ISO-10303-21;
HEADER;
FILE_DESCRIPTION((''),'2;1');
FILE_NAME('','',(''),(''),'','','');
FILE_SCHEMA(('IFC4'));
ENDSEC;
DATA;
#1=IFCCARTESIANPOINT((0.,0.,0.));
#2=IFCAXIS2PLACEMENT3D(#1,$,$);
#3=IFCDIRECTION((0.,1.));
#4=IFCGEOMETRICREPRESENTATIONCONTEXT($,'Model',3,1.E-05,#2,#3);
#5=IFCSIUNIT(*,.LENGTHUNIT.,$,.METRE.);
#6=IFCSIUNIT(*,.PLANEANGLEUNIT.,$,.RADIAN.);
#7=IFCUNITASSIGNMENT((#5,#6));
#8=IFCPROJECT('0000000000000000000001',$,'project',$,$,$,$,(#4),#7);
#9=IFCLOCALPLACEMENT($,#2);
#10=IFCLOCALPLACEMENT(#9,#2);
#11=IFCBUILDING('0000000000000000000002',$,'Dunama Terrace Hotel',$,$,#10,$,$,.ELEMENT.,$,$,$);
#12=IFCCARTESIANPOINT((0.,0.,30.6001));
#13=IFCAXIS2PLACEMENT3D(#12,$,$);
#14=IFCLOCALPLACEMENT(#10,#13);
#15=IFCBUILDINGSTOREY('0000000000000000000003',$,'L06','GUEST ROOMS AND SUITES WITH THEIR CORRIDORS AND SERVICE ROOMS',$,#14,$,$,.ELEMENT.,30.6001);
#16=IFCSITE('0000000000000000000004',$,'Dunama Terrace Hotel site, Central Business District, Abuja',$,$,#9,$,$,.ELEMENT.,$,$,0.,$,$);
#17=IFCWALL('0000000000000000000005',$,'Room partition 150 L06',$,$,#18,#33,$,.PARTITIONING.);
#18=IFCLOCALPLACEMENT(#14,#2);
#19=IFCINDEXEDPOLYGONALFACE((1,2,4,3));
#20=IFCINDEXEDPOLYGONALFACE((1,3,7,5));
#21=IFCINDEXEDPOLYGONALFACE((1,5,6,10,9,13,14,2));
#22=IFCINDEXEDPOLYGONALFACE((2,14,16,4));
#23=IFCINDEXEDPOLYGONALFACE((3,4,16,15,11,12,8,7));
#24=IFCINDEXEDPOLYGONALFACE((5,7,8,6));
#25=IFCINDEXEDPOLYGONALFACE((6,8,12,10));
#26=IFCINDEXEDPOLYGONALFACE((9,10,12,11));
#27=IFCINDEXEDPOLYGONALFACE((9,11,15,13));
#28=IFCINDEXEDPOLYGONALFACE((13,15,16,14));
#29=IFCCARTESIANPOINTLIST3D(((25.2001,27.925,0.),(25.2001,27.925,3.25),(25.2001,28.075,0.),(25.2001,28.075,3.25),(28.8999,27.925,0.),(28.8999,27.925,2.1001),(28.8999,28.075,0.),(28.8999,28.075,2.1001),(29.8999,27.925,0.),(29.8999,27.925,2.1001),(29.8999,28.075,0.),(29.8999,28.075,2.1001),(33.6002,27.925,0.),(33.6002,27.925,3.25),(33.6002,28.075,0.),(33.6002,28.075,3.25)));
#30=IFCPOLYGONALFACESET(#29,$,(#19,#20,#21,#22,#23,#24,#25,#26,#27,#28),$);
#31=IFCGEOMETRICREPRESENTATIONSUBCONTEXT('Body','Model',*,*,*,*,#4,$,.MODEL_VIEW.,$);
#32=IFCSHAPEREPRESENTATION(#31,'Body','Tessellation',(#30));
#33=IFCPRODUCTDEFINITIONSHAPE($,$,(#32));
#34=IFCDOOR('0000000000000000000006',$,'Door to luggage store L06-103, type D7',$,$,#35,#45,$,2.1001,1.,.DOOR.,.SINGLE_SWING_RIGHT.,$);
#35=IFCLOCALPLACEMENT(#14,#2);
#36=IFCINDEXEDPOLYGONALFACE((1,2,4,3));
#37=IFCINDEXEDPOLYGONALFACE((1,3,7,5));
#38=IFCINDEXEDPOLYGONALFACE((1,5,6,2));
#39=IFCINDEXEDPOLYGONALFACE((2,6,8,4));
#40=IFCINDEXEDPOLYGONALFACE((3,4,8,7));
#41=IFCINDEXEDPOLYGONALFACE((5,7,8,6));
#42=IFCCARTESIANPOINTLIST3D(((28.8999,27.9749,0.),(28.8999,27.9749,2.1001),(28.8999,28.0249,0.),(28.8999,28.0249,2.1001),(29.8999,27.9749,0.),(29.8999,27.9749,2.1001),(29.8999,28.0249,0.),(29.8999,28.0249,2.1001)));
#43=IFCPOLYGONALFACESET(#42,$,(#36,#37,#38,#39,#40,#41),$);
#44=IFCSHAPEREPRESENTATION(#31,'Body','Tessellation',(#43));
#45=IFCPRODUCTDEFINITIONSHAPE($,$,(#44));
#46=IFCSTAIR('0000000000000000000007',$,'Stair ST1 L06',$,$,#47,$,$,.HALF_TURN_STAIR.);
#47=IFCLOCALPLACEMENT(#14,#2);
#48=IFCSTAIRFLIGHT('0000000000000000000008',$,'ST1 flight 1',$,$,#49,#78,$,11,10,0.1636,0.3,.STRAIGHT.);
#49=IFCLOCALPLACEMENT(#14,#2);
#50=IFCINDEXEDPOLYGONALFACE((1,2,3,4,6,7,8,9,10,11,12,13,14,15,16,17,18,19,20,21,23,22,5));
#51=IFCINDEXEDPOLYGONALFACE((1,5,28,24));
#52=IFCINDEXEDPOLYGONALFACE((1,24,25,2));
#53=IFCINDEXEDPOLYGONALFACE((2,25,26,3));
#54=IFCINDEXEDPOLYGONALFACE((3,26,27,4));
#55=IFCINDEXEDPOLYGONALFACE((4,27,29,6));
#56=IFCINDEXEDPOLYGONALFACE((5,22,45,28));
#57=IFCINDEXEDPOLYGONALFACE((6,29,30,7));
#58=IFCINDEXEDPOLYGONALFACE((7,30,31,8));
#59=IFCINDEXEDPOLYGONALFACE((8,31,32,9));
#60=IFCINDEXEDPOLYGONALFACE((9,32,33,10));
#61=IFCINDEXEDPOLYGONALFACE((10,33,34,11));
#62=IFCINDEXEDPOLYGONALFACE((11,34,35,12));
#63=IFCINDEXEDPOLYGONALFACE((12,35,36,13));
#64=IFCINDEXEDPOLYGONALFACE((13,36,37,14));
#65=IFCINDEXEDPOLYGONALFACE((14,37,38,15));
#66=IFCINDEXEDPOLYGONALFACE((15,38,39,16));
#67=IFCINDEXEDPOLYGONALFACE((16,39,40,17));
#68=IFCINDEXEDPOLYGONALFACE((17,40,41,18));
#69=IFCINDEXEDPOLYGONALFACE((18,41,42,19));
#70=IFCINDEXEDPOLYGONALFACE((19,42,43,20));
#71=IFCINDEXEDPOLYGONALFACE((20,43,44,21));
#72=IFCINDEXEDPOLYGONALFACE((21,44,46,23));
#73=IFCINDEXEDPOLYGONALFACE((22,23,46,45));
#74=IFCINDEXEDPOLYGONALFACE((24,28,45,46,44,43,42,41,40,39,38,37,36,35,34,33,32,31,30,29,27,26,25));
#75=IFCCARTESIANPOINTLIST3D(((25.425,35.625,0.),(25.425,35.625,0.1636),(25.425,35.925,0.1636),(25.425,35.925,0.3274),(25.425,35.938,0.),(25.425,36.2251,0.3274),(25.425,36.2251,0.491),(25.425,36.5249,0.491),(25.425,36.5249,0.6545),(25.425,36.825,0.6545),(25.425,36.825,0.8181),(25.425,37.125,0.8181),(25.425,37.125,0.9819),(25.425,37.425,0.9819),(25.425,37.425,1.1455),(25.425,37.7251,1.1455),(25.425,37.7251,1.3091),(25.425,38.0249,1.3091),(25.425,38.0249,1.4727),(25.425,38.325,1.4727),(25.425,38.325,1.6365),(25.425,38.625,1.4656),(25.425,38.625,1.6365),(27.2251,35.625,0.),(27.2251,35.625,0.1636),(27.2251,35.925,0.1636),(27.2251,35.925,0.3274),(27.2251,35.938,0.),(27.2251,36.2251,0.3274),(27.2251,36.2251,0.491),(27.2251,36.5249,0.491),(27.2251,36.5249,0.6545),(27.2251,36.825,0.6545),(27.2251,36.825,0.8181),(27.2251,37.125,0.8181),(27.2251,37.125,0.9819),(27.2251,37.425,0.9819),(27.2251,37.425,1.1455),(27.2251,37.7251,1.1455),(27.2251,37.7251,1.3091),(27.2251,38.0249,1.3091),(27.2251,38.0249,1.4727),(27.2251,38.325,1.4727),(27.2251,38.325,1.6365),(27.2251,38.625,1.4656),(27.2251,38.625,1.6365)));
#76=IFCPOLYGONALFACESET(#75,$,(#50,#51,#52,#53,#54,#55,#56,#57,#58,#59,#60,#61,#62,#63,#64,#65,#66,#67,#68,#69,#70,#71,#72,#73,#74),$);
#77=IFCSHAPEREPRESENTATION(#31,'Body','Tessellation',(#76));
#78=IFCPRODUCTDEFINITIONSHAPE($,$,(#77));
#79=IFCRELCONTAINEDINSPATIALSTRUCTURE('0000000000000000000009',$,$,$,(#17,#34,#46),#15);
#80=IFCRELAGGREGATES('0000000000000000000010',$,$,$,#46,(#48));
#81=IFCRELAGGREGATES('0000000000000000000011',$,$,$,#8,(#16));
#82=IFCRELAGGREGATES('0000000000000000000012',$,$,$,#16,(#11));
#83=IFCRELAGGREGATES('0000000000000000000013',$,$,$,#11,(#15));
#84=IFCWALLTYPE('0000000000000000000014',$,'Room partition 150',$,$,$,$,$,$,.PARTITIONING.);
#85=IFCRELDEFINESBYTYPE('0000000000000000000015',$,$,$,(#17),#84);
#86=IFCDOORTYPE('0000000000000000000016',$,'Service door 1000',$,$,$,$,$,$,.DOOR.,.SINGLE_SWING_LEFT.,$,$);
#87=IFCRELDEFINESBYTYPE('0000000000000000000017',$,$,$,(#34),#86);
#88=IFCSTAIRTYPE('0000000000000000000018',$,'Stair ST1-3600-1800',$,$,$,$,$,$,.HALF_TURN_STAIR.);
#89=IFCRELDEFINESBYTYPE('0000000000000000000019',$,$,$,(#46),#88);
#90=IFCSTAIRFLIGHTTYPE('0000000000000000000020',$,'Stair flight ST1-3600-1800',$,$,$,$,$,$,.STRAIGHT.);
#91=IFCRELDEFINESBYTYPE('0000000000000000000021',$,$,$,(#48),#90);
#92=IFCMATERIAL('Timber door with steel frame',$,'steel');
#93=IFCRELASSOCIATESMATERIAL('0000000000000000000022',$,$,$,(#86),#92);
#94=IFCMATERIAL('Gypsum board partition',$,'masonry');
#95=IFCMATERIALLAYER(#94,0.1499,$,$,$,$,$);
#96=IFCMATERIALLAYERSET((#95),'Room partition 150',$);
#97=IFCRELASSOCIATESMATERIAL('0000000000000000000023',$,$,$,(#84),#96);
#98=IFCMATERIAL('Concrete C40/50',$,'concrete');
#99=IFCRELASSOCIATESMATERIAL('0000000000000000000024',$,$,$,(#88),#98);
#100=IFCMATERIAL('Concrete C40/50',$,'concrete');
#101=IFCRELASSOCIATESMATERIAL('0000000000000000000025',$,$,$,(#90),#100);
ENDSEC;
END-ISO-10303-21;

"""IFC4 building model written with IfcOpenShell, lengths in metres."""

from ifc_helpers import new_model, si_unit, direction, frame, frame_2d, origin, place, context, subcontext, project, spatial, polyline, rectangle, outline, extrude, material, layer, layer_set, type_object, element, fill, aggregate, save


model = new_model("IFC4")

# Units and contexts
model_context = context("Model", 3, precision=1e-05, world=origin(), true_north=direction((0.0, 1.0)))
body_context = subcontext(model_context, "Body", "Model", "MODEL_VIEW")
ifc_project = project(units=[si_unit("LENGTHUNIT", "METRE"), si_unit("PLANEANGLEUNIT", "RADIAN")], contexts=[model_context])

# Site, building, storey
site_placement = place(None, origin())
site = spatial("IfcSite", under=ifc_project, at=site_placement, Name="Dunama Terrace Hotel site, Central Business District, Abuja", CompositionType="ELEMENT", RefElevation=0.0)
building_placement = place(site_placement, origin())
building = spatial("IfcBuilding", under=site, at=building_placement, Name="Dunama Terrace Hotel", CompositionType="ELEMENT")
storey_placement = place(building_placement, frame((0.0, 0.0, 30.6001)))
storey = spatial("IfcBuildingStorey", under=building, at=storey_placement, Name="L06", Description="GUEST ROOMS AND SUITES WITH THEIR CORRIDORS AND SERVICE ROOMS", CompositionType="ELEMENT", Elevation=30.6001)

# Shared definitions
ifc_material_1 = material(Name="Timber door with steel frame", Category="steel")
door_type_1 = type_object("IfcDoorType", Name="Service door 1000", OperationType="SINGLE_SWING_LEFT", PredefinedType="DOOR", material=ifc_material_1)

# Wall, opening, door
ifc_material_2 = material(Name="Gypsum board partition", Category="masonry")
ifc_layer_1 = layer(ifc_material_2, 0.1499)
ifc_layer_set_1 = layer_set([ifc_layer_1], Name="Room partition 150")
wall_type_1 = type_object("IfcWallType", Name="Room partition 150", PredefinedType="PARTITIONING", material=ifc_layer_set_1)
wall_1_placement = place(storey_placement, frame((25.2, 28.0, 0.0), z_axis=(0.0, 0.0, 1.0), x_axis=(1.0, 0.0, 0.0)))
wall_1 = element("IfcWall", 1, at=wall_1_placement, inside=storey, type_object=wall_type_1, Name="Room partition 150 L06", PredefinedType="PARTITIONING", context=body_context, shape_type="SweptSolid", body=[
    extrude(rectangle(XDim=8.4001, YDim=0.1499, at=frame_2d((4.2002, 0.0))), origin(), (0.0, 0.0, 1.0), 3.25),
])
opening_1_placement = place(wall_1_placement, frame((3.7, 0.0, 0.0)))
opening_1 = element("IfcOpeningElement", 2, at=opening_1_placement, cuts=wall_1, PredefinedType="OPENING", context=body_context, shape_type="SweptSolid", body=[
    extrude(rectangle(XDim=1.0, YDim=2.1001, at=frame_2d((0.5, 1.05))), frame((0.0, 0.085, 0.0), z_axis=(0.0, -1.0, 0.0), x_axis=(1.0, 0.0, 0.0)), (0.0, 0.0, 1.0), 0.1699),
])
door_1_placement = place(opening_1_placement, frame((1.0, 0.0, 0.0), z_axis=(0.0, 0.0, 1.0), x_axis=(-1.0, 0.0, 0.0)))
door_1 = element("IfcDoor", 3, at=door_1_placement, inside=storey, type_object=door_type_1, Name="Door to luggage store L06-103, type D7", OperationType="SINGLE_SWING_RIGHT", OverallHeight=2.1001, OverallWidth=1.0, PredefinedType="DOOR", context=body_context, shape_type="SweptSolid", body=[
    extrude(rectangle(XDim=1.0, YDim=2.1001, at=frame_2d((0.5, 1.05))), frame((0.0, 0.0251, 0.0), z_axis=(0.0, -1.0, 0.0), x_axis=(1.0, 0.0, 0.0)), (0.0, 0.0, 1.0), 0.05),
])
fill(opening_1, door_1)

# Stair, stair flight
ifc_material_3 = material(Name="Concrete C40/50", Category="concrete")
stair_type = type_object("IfcStairType", Name="Stair ST1-3600-1800", PredefinedType="HALF_TURN_STAIR", material=ifc_material_3)
stair_placement = place(storey_placement, origin())
stair = element("IfcStair", 4, at=stair_placement, inside=storey, type_object=stair_type, Name="Stair ST1 L06", PredefinedType="HALF_TURN_STAIR")
ifc_material_4 = material(Name="Concrete C40/50", Category="concrete")
stair_flight_type = type_object("IfcStairFlightType", Name="Stair flight ST1-3600-1800", PredefinedType="STRAIGHT", material=ifc_material_4)
stair_flight_placement = place(storey_placement, frame((26.325, 35.625, 0.0), z_axis=(0.0, 0.0, 1.0), x_axis=(0.0, 1.0, 0.0)))
stair_flight = element("IfcStairFlight", 5, at=stair_flight_placement, type_object=stair_flight_type, Name="ST1 flight 1", NumberOfRisers=11, NumberOfTreads=10, PredefinedType="STRAIGHT", RiserHeight=0.1636, TreadLength=0.3, context=body_context, shape_type="SweptSolid", body=[
    extrude(outline(polyline([(0.0, 0.0), (0.0, 0.1636), (0.3, 0.1636), (0.3, 0.3274), (0.6001, 0.3274), (0.6001, 0.491), (0.8999, 0.491), (0.8999, 0.6545), (1.2, 0.6545), (1.2, 0.8181), (1.5, 0.8181), (1.5, 0.9819), (1.8, 0.9819), (1.8, 1.1455), (2.1001, 1.1455), (2.1001, 1.3091), (2.3999, 1.3091), (2.3999, 1.4727), (2.7, 1.4727), (2.7, 1.6365), (3.0, 1.6365), (3.0, 1.8), (3.0, 1.4656), (0.313, 0.0), (0.0, 0.0)])), frame((0.0, 0.8999, 0.0), z_axis=(0.0, -1.0, 0.0), x_axis=(1.0, 0.0, 0.0)), (0.0, 0.0, 1.0), 1.8),
])
aggregate(stair, [stair_flight])

save(model, "model.ifc")
